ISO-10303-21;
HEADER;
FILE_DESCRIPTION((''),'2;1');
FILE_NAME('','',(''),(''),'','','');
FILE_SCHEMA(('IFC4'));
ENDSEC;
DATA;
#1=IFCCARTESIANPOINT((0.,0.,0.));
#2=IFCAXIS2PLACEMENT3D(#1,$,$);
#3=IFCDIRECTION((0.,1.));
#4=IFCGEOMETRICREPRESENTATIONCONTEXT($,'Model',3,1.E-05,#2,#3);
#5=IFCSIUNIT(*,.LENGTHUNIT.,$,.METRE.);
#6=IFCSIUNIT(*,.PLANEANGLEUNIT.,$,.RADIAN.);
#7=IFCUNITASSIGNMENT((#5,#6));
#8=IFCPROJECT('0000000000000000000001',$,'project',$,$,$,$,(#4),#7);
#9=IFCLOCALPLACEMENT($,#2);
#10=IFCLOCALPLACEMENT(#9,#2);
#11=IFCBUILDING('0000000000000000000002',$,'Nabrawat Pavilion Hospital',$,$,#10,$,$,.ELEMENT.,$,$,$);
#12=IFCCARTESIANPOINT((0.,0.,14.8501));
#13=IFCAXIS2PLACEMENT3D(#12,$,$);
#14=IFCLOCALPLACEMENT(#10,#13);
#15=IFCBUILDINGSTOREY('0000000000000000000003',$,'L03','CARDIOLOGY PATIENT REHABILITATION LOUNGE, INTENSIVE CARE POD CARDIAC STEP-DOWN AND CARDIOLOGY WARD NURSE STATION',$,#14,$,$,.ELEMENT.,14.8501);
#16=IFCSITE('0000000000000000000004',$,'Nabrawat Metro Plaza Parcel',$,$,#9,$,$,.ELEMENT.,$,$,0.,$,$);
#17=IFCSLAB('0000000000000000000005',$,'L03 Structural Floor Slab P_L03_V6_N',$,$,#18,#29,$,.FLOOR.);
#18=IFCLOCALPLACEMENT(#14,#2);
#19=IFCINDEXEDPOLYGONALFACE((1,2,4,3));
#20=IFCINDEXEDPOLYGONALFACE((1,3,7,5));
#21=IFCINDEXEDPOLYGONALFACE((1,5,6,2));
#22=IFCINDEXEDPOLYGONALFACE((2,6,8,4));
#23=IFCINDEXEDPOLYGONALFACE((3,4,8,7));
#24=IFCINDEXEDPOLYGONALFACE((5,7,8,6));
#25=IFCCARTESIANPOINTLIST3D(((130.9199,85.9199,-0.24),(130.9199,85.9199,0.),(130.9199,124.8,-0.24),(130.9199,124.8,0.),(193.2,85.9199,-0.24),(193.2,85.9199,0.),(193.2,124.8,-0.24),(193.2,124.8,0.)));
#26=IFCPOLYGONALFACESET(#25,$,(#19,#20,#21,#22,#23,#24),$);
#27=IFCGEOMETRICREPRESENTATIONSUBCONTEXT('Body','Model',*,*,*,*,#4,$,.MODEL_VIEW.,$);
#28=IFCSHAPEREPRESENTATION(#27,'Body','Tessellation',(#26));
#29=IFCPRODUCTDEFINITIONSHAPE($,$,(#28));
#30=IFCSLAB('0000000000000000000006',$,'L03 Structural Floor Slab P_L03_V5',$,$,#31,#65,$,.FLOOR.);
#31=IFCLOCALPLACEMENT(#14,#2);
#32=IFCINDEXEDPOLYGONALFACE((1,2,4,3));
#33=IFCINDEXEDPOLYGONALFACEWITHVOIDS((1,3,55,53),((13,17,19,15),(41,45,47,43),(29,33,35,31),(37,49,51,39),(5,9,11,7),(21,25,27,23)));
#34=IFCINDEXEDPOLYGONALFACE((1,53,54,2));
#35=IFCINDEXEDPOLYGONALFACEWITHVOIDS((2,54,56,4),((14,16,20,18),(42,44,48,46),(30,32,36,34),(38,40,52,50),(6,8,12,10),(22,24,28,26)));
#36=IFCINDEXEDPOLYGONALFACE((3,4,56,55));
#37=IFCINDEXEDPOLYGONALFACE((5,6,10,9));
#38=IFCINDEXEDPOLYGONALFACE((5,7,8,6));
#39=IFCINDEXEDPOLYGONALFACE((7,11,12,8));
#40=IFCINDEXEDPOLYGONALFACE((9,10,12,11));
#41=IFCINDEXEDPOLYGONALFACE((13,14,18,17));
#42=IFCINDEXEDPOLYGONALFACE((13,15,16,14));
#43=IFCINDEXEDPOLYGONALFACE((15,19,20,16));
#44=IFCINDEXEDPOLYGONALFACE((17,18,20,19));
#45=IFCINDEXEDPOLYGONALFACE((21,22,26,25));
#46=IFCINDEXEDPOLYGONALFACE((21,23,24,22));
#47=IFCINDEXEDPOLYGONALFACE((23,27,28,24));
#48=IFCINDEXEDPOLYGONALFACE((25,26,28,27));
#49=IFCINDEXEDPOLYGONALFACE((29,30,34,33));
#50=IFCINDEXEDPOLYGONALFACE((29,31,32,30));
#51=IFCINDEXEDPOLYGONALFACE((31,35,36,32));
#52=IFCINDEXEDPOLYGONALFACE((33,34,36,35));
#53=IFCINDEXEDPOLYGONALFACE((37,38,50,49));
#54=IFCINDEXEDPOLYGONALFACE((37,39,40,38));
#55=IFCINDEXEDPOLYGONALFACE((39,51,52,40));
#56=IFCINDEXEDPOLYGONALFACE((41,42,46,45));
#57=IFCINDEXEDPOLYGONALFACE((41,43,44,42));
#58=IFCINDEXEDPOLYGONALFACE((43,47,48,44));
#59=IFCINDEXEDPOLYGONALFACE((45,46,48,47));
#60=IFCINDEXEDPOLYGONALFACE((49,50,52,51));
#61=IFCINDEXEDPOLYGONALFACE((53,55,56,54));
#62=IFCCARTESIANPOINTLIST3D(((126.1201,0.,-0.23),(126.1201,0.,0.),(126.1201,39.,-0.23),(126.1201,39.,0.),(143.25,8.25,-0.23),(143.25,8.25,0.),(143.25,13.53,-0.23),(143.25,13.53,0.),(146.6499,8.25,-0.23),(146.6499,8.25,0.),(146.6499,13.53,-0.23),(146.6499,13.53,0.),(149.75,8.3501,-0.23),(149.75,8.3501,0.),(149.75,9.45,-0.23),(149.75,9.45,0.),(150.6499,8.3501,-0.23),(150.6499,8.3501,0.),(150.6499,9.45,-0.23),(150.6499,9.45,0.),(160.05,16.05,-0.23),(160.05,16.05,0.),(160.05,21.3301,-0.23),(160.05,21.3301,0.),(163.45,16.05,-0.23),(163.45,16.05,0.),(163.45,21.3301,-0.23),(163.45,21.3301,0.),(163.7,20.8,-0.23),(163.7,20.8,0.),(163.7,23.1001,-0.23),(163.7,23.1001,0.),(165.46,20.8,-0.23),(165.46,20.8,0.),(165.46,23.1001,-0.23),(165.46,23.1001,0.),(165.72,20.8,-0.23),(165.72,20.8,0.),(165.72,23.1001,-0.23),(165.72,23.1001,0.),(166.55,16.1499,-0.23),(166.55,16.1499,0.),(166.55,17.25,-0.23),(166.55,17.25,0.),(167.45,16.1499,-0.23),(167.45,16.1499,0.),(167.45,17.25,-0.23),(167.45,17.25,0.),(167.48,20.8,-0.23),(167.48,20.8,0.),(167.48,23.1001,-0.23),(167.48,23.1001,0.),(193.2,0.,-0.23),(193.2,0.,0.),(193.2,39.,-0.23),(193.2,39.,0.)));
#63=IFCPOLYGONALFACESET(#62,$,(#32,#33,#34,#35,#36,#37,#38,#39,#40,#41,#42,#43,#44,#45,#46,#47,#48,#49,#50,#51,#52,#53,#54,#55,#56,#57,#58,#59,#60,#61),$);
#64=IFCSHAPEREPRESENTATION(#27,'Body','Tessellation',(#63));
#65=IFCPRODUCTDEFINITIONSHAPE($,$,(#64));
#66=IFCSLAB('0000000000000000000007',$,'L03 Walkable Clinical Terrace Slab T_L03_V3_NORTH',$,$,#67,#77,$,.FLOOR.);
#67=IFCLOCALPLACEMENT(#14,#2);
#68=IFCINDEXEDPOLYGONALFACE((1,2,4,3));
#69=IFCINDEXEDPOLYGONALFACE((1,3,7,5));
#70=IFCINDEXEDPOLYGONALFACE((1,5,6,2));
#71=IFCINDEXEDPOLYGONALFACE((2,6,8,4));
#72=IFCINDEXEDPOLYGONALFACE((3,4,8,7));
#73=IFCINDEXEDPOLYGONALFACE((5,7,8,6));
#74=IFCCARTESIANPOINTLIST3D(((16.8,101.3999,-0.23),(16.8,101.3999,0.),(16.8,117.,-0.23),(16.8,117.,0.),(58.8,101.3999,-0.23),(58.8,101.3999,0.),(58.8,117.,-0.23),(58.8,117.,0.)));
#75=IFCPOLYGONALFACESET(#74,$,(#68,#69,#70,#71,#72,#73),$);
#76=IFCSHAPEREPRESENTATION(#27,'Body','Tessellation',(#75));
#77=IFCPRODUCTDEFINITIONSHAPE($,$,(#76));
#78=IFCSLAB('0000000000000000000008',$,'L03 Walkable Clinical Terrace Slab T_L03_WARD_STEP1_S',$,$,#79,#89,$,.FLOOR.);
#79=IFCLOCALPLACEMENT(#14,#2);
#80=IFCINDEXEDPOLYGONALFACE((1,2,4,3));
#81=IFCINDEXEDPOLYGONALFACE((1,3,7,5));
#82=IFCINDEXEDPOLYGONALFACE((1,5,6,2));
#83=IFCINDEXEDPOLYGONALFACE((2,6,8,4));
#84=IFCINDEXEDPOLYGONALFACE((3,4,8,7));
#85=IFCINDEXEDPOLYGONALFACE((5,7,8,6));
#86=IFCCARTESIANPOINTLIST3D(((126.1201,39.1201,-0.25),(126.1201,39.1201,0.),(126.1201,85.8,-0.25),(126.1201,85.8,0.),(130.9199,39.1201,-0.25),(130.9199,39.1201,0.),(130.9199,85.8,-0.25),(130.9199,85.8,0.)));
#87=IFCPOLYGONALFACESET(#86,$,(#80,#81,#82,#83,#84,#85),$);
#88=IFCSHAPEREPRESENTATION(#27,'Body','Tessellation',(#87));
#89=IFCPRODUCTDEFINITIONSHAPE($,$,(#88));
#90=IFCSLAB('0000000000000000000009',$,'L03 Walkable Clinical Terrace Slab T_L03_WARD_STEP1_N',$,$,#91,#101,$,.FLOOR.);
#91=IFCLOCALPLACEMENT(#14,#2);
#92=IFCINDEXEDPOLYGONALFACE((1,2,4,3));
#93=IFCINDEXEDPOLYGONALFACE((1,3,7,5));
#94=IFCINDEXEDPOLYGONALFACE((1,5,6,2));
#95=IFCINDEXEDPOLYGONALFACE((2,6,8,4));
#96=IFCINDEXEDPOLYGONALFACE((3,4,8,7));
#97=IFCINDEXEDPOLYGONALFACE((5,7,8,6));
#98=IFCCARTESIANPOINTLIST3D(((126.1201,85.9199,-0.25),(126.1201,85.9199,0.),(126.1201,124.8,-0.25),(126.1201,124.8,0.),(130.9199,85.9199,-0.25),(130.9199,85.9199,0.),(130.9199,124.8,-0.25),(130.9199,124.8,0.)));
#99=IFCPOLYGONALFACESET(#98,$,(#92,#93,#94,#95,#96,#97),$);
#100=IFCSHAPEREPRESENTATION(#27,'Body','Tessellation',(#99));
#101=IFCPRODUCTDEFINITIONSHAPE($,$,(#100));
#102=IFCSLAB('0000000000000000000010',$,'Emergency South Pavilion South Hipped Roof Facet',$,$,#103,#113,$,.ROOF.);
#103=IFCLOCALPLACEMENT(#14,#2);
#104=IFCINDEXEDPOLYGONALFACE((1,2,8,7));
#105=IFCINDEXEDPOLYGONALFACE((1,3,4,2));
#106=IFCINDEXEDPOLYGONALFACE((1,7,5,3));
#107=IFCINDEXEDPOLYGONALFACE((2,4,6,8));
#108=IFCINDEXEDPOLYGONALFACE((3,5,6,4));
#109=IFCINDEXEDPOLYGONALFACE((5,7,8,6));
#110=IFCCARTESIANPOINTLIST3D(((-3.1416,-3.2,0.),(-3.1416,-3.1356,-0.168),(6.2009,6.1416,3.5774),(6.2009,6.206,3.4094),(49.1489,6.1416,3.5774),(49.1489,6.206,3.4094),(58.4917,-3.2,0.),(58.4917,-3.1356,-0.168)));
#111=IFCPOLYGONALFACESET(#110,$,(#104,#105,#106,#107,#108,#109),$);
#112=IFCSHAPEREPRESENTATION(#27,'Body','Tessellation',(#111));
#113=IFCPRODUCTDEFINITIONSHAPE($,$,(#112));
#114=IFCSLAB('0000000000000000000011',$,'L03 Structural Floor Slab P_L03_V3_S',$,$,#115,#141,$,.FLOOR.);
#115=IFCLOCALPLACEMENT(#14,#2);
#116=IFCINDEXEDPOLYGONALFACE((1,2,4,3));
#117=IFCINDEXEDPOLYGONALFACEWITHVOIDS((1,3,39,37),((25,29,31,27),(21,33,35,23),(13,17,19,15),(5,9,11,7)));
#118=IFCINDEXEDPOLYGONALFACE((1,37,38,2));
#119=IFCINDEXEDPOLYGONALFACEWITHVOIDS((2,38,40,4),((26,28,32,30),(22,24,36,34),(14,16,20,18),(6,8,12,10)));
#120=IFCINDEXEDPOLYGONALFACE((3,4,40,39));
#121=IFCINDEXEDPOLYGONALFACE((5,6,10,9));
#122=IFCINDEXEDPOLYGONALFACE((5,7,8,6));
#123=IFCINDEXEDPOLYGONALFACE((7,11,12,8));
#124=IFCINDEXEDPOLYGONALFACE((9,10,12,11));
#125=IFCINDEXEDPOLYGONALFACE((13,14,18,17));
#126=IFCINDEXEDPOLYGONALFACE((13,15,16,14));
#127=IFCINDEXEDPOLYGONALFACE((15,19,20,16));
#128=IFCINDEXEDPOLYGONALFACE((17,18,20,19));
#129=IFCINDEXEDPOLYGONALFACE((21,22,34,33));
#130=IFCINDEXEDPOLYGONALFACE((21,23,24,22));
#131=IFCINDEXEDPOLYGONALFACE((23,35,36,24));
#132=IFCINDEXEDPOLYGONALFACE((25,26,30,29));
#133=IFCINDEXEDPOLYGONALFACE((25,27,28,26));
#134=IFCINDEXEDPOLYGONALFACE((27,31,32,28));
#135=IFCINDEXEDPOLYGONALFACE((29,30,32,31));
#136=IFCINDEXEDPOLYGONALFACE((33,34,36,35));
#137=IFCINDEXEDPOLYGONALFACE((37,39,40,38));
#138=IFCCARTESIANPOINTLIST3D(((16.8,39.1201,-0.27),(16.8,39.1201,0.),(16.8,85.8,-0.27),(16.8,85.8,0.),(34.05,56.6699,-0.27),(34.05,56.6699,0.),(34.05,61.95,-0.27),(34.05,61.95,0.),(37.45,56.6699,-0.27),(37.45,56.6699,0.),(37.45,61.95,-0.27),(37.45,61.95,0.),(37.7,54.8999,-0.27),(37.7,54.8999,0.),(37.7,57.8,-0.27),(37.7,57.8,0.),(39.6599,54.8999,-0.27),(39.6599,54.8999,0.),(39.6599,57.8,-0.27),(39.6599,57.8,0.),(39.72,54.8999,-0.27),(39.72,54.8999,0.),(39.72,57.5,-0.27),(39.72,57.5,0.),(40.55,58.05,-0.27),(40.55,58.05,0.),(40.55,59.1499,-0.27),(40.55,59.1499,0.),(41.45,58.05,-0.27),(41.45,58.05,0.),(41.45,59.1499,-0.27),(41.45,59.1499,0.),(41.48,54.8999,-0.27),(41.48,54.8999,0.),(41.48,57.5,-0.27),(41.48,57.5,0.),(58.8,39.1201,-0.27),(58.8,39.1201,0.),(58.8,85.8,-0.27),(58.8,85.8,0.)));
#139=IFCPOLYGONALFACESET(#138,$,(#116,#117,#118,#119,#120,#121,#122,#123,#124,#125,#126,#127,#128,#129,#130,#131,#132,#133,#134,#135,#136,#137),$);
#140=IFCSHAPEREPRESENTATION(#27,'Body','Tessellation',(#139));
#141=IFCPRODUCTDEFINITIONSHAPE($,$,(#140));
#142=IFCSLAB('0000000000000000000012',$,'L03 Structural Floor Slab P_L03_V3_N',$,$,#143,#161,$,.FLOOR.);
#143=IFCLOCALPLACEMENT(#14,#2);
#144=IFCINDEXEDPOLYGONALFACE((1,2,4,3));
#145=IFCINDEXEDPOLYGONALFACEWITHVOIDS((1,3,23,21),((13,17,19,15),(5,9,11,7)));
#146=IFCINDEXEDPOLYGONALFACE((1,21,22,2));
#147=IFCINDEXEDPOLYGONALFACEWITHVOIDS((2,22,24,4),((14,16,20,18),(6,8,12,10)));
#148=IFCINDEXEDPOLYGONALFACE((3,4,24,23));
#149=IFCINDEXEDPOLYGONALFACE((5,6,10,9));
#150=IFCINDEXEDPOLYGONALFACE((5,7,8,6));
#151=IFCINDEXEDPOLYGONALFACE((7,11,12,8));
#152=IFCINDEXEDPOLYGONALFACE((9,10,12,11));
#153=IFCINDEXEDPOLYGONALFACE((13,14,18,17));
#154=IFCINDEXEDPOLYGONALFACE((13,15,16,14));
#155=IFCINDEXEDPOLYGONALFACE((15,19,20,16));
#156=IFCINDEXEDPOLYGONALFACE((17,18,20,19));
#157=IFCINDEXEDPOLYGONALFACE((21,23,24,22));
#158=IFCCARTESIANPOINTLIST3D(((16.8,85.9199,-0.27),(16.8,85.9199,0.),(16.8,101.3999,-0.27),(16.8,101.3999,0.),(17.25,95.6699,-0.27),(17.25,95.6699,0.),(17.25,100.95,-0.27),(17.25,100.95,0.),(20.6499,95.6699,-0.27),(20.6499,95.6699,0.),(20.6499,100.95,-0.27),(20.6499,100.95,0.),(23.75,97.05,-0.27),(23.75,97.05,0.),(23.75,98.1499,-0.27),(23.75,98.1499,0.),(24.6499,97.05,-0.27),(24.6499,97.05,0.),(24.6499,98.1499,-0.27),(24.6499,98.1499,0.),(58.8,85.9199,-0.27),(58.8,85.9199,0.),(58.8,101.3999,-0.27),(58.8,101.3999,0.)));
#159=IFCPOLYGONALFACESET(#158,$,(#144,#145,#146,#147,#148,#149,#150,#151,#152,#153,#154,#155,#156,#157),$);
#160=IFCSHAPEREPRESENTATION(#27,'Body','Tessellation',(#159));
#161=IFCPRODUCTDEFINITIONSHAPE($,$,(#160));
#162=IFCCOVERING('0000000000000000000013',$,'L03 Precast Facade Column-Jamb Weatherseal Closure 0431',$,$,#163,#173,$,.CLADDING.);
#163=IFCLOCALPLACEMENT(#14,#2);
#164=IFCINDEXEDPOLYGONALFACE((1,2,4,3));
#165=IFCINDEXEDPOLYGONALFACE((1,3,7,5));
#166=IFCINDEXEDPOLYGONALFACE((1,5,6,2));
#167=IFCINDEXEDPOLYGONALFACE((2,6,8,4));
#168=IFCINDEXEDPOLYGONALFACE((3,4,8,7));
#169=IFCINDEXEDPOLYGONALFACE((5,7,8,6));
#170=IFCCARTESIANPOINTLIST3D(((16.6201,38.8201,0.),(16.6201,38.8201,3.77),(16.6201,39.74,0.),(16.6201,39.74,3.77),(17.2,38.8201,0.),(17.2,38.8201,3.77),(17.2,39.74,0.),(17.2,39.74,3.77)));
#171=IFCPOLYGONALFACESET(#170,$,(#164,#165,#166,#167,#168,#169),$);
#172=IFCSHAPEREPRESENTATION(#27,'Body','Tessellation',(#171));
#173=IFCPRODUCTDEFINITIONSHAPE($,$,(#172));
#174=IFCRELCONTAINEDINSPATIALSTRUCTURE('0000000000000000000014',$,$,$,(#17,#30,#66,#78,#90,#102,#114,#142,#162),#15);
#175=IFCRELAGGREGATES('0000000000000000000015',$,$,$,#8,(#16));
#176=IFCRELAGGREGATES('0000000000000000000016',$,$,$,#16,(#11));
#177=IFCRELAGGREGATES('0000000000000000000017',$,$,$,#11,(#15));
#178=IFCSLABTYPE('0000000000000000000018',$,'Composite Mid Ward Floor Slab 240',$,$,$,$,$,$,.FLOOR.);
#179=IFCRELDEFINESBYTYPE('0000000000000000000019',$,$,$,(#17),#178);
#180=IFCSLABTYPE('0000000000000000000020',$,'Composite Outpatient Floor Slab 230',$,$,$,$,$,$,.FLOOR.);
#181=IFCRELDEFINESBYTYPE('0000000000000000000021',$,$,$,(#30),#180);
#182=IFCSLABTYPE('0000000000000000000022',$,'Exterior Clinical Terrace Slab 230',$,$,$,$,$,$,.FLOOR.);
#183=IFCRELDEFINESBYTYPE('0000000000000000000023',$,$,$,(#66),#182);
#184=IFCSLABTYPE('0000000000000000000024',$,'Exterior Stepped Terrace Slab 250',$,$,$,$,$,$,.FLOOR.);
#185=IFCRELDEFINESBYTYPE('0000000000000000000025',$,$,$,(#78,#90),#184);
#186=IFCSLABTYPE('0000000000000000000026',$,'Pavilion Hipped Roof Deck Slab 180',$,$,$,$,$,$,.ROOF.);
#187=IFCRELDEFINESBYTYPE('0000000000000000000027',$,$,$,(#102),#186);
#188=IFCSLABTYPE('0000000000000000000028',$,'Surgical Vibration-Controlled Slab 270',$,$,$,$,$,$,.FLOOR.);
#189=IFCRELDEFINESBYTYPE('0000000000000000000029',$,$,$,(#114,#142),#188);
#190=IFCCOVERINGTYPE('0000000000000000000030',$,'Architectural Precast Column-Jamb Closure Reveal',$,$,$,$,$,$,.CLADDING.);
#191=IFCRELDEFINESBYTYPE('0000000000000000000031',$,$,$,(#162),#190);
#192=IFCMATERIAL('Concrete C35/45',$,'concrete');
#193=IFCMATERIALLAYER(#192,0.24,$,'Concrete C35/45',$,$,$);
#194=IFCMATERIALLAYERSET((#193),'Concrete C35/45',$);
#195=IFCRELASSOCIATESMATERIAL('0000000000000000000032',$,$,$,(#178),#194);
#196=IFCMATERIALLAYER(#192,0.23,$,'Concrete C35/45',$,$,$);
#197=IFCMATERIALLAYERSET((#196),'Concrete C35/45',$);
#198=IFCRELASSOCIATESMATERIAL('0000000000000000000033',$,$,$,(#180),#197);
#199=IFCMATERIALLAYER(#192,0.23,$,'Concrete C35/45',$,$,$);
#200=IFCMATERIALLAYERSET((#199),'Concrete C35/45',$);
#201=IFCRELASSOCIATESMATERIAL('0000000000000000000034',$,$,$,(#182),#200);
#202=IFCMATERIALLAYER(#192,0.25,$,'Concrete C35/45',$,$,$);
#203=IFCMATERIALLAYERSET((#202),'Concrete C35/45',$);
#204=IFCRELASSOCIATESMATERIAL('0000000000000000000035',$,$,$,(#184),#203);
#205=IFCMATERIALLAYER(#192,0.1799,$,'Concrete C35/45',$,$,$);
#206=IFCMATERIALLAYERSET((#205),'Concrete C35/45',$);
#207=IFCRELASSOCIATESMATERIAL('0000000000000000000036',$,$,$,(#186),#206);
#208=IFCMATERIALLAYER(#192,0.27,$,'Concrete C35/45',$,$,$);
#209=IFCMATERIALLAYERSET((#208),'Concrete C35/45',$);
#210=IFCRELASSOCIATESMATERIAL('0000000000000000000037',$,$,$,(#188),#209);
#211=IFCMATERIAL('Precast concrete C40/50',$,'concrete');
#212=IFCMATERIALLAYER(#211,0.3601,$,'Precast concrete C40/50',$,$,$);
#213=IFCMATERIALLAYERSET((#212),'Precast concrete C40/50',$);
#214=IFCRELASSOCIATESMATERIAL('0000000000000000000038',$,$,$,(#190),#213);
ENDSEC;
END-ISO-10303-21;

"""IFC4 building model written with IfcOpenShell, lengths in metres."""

from ifc_helpers import new_model, si_unit, direction, frame, origin, place, context, subcontext, project, spatial, polyline, outline, extrude, material, layer, layer_set, type_object, element, save


model = new_model("IFC4")

# Units and contexts
model_context = context("Model", 3, precision=1e-05, world=origin(), true_north=direction((0.0, 1.0)))
body_context = subcontext(model_context, "Body", "Model", "MODEL_VIEW")
ifc_project = project(units=[si_unit("LENGTHUNIT", "METRE"), si_unit("PLANEANGLEUNIT", "RADIAN")], contexts=[model_context])

# Site, building, storey
site_placement = place(None, origin())
site = spatial("IfcSite", under=ifc_project, at=site_placement, Name="Nabrawat Metro Plaza Parcel", CompositionType="ELEMENT", RefElevation=0.0)
building_placement = place(site_placement, origin())
building = spatial("IfcBuilding", under=site, at=building_placement, Name="Nabrawat Pavilion Hospital", CompositionType="ELEMENT")
storey_placement = place(building_placement, frame((0.0, 0.0, 14.8501)))
storey = spatial("IfcBuildingStorey", under=building, at=storey_placement, Name="L03", Description="CARDIOLOGY PATIENT REHABILITATION LOUNGE, INTENSIVE CARE POD CARDIAC STEP-DOWN AND CARDIOLOGY WARD NURSE STATION", CompositionType="ELEMENT", Elevation=14.8501)

# Slabs
ifc_material_1 = material(Name="Concrete C35/45", Category="concrete")
ifc_layer_1 = layer(ifc_material_1, 0.24, Name="Concrete C35/45")
ifc_layer_set_1 = layer_set([ifc_layer_1], Name="Concrete C35/45")
slab_type_1 = type_object("IfcSlabType", Name="Composite Mid Ward Floor Slab 240", PredefinedType="FLOOR", material=ifc_layer_set_1)
slab_1_placement = place(storey_placement, frame((0.0, 0.0, -0.24)))
element("IfcSlab", 1, at=slab_1_placement, inside=storey, type_object=slab_type_1, Name="L03 Structural Floor Slab P_L03_V6_N", PredefinedType="FLOOR", context=body_context, shape_type="SweptSolid", body=[
    extrude(outline(polyline([(193.2, 85.9199), (193.2, 124.8), (130.9199, 124.8), (130.9199, 85.9199), (193.2, 85.9199)])), origin(), (0.0, 0.0, 1.0), 0.24),
])
ifc_layer_2 = layer(ifc_material_1, 0.23, Name="Concrete C35/45")
ifc_layer_set_2 = layer_set([ifc_layer_2], Name="Concrete C35/45")
slab_type_2 = type_object("IfcSlabType", Name="Composite Outpatient Floor Slab 230", PredefinedType="FLOOR", material=ifc_layer_set_2)
slab_2_placement = place(storey_placement, frame((0.0, 0.0, -0.23)))
element("IfcSlab", 2, at=slab_2_placement, inside=storey, type_object=slab_type_2, Name="L03 Structural Floor Slab P_L03_V5", PredefinedType="FLOOR", context=body_context, shape_type="SweptSolid", body=[
    extrude(outline(polyline([(126.1201, 0.0), (193.2, 0.0), (193.2, 39.0), (126.1201, 39.0), (126.1201, 0.0)]), holes=[polyline([(167.48, 23.1001), (167.48, 20.8), (165.72, 20.8), (165.72, 23.1001), (167.48, 23.1001)]), polyline([(167.45, 17.25), (167.45, 16.1499), (166.55, 16.1499), (166.55, 17.25), (167.45, 17.25)]), polyline([(165.46, 23.1001), (165.46, 20.8), (163.7, 20.8), (163.7, 23.1001), (165.46, 23.1001)]), polyline([(160.05, 21.3301), (163.45, 21.3301), (163.45, 16.05), (160.05, 16.05), (160.05, 21.3301)]), polyline([(149.75, 8.3501), (149.75, 9.45), (150.6499, 9.45), (150.6499, 8.3501), (149.75, 8.3501)]), polyline([(146.6499, 8.25), (143.25, 8.25), (143.25, 13.53), (146.6499, 13.53), (146.6499, 8.25)])]), origin(), (0.0, 0.0, 1.0), 0.23),
])
ifc_layer_3 = layer(ifc_material_1, 0.23, Name="Concrete C35/45")
ifc_layer_set_3 = layer_set([ifc_layer_3], Name="Concrete C35/45")
slab_type_3 = type_object("IfcSlabType", Name="Exterior Clinical Terrace Slab 230", PredefinedType="FLOOR", material=ifc_layer_set_3)
slab_3_placement = place(storey_placement, frame((0.0, 0.0, -0.23)))
element("IfcSlab", 3, at=slab_3_placement, inside=storey, type_object=slab_type_3, Name="L03 Walkable Clinical Terrace Slab T_L03_V3_NORTH", PredefinedType="FLOOR", context=body_context, shape_type="SweptSolid", body=[
    extrude(outline(polyline([(58.8, 101.3999), (58.8, 117.0), (16.8, 117.0), (16.8, 101.3999), (58.8, 101.3999)])), origin(), (0.0, 0.0, 1.0), 0.23),
])
ifc_layer_4 = layer(ifc_material_1, 0.25, Name="Concrete C35/45")
ifc_layer_set_4 = layer_set([ifc_layer_4], Name="Concrete C35/45")
slab_type_4 = type_object("IfcSlabType", Name="Exterior Stepped Terrace Slab 250", PredefinedType="FLOOR", material=ifc_layer_set_4)
slab_4_placement = place(storey_placement, frame((0.0, 0.0, -0.25)))
element("IfcSlab", 4, at=slab_4_placement, inside=storey, type_object=slab_type_4, Name="L03 Walkable Clinical Terrace Slab T_L03_WARD_STEP1_S", PredefinedType="FLOOR", context=body_context, shape_type="SweptSolid", body=[
    extrude(outline(polyline([(130.9199, 39.1201), (130.9199, 85.8), (126.1201, 85.8), (126.1201, 39.1201), (130.9199, 39.1201)])), origin(), (0.0, 0.0, 1.0), 0.25),
])
slab_5_placement = place(storey_placement, frame((0.0, 0.0, -0.25)))
element("IfcSlab", 5, at=slab_5_placement, inside=storey, type_object=slab_type_4, Name="L03 Walkable Clinical Terrace Slab T_L03_WARD_STEP1_N", PredefinedType="FLOOR", context=body_context, shape_type="SweptSolid", body=[
    extrude(outline(polyline([(130.9199, 85.9199), (130.9199, 124.8), (126.1201, 124.8), (126.1201, 85.9199), (130.9199, 85.9199)])), origin(), (0.0, 0.0, 1.0), 0.25),
])
ifc_layer_5 = layer(ifc_material_1, 0.1799, Name="Concrete C35/45")
ifc_layer_set_5 = layer_set([ifc_layer_5], Name="Concrete C35/45")
slab_type_5 = type_object("IfcSlabType", Name="Pavilion Hipped Roof Deck Slab 180", PredefinedType="ROOF", material=ifc_layer_set_5)
slab_6_placement = place(storey_placement, frame((-3.1416, -3.2, 0.0), z_axis=(0.0, -0.357628, 0.933864), x_axis=(1.0, 0.0, 0.0)))
element("IfcSlab", 6, at=slab_6_placement, inside=storey, type_object=slab_type_5, Name="Emergency South Pavilion South Hipped Roof Facet", PredefinedType="ROOF", context=body_context, shape_type="SweptSolid", body=[
    extrude(outline(polyline([(0.0, 0.0), (61.6333, 0.0), (52.2905, 10.0031), (9.3425, 10.0031), (0.0, 0.0)])), origin(), (0.0, 0.0, -1.0), 0.1799),
])
ifc_layer_6 = layer(ifc_material_1, 0.27, Name="Concrete C35/45")
ifc_layer_set_6 = layer_set([ifc_layer_6], Name="Concrete C35/45")
slab_type_6 = type_object("IfcSlabType", Name="Surgical Vibration-Controlled Slab 270", PredefinedType="FLOOR", material=ifc_layer_set_6)
slab_7_placement = place(storey_placement, frame((0.0, 0.0, -0.27)))
element("IfcSlab", 7, at=slab_7_placement, inside=storey, type_object=slab_type_6, Name="L03 Structural Floor Slab P_L03_V3_S", PredefinedType="FLOOR", context=body_context, shape_type="SweptSolid", body=[
    extrude(outline(polyline([(16.8, 39.1201), (58.8, 39.1201), (58.8, 85.8), (16.8, 85.8), (16.8, 39.1201)]), holes=[polyline([(39.72, 54.8999), (39.72, 57.5), (41.48, 57.5), (41.48, 54.8999), (39.72, 54.8999)]), polyline([(40.55, 58.05), (40.55, 59.1499), (41.45, 59.1499), (41.45, 58.05), (40.55, 58.05)]), polyline([(37.7, 54.8999), (37.7, 57.8), (39.6599, 57.8), (39.6599, 54.8999), (37.7, 54.8999)]), polyline([(37.45, 56.6699), (34.05, 56.6699), (34.05, 61.95), (37.45, 61.95), (37.45, 56.6699)])]), origin(), (0.0, 0.0, 1.0), 0.27),
])
slab_8_placement = place(storey_placement, frame((0.0, 0.0, -0.27)))
element("IfcSlab", 8, at=slab_8_placement, inside=storey, type_object=slab_type_6, Name="L03 Structural Floor Slab P_L03_V3_N", PredefinedType="FLOOR", context=body_context, shape_type="SweptSolid", body=[
    extrude(outline(polyline([(16.8, 85.9199), (58.8, 85.9199), (58.8, 101.3999), (16.8, 101.3999), (16.8, 85.9199)]), holes=[polyline([(24.6499, 98.1499), (24.6499, 97.05), (23.75, 97.05), (23.75, 98.1499), (24.6499, 98.1499)]), polyline([(17.25, 100.95), (20.6499, 100.95), (20.6499, 95.6699), (17.25, 95.6699), (17.25, 100.95)])]), origin(), (0.0, 0.0, 1.0), 0.27),
])

# Covering
ifc_material_2 = material(Name="Precast concrete C40/50", Category="concrete")
ifc_layer_7 = layer(ifc_material_2, 0.3601, Name="Precast concrete C40/50")
ifc_layer_set_7 = layer_set([ifc_layer_7], Name="Precast concrete C40/50")
covering_type = type_object("IfcCoveringType", Name="Architectural Precast Column-Jamb Closure Reveal", PredefinedType="CLADDING", material=ifc_layer_set_7)
covering_1_placement = place(storey_placement, origin())
element("IfcCovering", 9, at=covering_1_placement, inside=storey, type_object=covering_type, Name="L03 Precast Facade Column-Jamb Weatherseal Closure 0431", PredefinedType="CLADDING", context=body_context, shape_type="SweptSolid", body=[
    extrude(outline(polyline([(17.2, 38.8201), (17.2, 39.74), (16.6201, 39.74), (16.6201, 38.8201), (17.2, 38.8201)])), origin(), (0.0, 0.0, 1.0), 3.77),
])

save(model, "model.ifc")
